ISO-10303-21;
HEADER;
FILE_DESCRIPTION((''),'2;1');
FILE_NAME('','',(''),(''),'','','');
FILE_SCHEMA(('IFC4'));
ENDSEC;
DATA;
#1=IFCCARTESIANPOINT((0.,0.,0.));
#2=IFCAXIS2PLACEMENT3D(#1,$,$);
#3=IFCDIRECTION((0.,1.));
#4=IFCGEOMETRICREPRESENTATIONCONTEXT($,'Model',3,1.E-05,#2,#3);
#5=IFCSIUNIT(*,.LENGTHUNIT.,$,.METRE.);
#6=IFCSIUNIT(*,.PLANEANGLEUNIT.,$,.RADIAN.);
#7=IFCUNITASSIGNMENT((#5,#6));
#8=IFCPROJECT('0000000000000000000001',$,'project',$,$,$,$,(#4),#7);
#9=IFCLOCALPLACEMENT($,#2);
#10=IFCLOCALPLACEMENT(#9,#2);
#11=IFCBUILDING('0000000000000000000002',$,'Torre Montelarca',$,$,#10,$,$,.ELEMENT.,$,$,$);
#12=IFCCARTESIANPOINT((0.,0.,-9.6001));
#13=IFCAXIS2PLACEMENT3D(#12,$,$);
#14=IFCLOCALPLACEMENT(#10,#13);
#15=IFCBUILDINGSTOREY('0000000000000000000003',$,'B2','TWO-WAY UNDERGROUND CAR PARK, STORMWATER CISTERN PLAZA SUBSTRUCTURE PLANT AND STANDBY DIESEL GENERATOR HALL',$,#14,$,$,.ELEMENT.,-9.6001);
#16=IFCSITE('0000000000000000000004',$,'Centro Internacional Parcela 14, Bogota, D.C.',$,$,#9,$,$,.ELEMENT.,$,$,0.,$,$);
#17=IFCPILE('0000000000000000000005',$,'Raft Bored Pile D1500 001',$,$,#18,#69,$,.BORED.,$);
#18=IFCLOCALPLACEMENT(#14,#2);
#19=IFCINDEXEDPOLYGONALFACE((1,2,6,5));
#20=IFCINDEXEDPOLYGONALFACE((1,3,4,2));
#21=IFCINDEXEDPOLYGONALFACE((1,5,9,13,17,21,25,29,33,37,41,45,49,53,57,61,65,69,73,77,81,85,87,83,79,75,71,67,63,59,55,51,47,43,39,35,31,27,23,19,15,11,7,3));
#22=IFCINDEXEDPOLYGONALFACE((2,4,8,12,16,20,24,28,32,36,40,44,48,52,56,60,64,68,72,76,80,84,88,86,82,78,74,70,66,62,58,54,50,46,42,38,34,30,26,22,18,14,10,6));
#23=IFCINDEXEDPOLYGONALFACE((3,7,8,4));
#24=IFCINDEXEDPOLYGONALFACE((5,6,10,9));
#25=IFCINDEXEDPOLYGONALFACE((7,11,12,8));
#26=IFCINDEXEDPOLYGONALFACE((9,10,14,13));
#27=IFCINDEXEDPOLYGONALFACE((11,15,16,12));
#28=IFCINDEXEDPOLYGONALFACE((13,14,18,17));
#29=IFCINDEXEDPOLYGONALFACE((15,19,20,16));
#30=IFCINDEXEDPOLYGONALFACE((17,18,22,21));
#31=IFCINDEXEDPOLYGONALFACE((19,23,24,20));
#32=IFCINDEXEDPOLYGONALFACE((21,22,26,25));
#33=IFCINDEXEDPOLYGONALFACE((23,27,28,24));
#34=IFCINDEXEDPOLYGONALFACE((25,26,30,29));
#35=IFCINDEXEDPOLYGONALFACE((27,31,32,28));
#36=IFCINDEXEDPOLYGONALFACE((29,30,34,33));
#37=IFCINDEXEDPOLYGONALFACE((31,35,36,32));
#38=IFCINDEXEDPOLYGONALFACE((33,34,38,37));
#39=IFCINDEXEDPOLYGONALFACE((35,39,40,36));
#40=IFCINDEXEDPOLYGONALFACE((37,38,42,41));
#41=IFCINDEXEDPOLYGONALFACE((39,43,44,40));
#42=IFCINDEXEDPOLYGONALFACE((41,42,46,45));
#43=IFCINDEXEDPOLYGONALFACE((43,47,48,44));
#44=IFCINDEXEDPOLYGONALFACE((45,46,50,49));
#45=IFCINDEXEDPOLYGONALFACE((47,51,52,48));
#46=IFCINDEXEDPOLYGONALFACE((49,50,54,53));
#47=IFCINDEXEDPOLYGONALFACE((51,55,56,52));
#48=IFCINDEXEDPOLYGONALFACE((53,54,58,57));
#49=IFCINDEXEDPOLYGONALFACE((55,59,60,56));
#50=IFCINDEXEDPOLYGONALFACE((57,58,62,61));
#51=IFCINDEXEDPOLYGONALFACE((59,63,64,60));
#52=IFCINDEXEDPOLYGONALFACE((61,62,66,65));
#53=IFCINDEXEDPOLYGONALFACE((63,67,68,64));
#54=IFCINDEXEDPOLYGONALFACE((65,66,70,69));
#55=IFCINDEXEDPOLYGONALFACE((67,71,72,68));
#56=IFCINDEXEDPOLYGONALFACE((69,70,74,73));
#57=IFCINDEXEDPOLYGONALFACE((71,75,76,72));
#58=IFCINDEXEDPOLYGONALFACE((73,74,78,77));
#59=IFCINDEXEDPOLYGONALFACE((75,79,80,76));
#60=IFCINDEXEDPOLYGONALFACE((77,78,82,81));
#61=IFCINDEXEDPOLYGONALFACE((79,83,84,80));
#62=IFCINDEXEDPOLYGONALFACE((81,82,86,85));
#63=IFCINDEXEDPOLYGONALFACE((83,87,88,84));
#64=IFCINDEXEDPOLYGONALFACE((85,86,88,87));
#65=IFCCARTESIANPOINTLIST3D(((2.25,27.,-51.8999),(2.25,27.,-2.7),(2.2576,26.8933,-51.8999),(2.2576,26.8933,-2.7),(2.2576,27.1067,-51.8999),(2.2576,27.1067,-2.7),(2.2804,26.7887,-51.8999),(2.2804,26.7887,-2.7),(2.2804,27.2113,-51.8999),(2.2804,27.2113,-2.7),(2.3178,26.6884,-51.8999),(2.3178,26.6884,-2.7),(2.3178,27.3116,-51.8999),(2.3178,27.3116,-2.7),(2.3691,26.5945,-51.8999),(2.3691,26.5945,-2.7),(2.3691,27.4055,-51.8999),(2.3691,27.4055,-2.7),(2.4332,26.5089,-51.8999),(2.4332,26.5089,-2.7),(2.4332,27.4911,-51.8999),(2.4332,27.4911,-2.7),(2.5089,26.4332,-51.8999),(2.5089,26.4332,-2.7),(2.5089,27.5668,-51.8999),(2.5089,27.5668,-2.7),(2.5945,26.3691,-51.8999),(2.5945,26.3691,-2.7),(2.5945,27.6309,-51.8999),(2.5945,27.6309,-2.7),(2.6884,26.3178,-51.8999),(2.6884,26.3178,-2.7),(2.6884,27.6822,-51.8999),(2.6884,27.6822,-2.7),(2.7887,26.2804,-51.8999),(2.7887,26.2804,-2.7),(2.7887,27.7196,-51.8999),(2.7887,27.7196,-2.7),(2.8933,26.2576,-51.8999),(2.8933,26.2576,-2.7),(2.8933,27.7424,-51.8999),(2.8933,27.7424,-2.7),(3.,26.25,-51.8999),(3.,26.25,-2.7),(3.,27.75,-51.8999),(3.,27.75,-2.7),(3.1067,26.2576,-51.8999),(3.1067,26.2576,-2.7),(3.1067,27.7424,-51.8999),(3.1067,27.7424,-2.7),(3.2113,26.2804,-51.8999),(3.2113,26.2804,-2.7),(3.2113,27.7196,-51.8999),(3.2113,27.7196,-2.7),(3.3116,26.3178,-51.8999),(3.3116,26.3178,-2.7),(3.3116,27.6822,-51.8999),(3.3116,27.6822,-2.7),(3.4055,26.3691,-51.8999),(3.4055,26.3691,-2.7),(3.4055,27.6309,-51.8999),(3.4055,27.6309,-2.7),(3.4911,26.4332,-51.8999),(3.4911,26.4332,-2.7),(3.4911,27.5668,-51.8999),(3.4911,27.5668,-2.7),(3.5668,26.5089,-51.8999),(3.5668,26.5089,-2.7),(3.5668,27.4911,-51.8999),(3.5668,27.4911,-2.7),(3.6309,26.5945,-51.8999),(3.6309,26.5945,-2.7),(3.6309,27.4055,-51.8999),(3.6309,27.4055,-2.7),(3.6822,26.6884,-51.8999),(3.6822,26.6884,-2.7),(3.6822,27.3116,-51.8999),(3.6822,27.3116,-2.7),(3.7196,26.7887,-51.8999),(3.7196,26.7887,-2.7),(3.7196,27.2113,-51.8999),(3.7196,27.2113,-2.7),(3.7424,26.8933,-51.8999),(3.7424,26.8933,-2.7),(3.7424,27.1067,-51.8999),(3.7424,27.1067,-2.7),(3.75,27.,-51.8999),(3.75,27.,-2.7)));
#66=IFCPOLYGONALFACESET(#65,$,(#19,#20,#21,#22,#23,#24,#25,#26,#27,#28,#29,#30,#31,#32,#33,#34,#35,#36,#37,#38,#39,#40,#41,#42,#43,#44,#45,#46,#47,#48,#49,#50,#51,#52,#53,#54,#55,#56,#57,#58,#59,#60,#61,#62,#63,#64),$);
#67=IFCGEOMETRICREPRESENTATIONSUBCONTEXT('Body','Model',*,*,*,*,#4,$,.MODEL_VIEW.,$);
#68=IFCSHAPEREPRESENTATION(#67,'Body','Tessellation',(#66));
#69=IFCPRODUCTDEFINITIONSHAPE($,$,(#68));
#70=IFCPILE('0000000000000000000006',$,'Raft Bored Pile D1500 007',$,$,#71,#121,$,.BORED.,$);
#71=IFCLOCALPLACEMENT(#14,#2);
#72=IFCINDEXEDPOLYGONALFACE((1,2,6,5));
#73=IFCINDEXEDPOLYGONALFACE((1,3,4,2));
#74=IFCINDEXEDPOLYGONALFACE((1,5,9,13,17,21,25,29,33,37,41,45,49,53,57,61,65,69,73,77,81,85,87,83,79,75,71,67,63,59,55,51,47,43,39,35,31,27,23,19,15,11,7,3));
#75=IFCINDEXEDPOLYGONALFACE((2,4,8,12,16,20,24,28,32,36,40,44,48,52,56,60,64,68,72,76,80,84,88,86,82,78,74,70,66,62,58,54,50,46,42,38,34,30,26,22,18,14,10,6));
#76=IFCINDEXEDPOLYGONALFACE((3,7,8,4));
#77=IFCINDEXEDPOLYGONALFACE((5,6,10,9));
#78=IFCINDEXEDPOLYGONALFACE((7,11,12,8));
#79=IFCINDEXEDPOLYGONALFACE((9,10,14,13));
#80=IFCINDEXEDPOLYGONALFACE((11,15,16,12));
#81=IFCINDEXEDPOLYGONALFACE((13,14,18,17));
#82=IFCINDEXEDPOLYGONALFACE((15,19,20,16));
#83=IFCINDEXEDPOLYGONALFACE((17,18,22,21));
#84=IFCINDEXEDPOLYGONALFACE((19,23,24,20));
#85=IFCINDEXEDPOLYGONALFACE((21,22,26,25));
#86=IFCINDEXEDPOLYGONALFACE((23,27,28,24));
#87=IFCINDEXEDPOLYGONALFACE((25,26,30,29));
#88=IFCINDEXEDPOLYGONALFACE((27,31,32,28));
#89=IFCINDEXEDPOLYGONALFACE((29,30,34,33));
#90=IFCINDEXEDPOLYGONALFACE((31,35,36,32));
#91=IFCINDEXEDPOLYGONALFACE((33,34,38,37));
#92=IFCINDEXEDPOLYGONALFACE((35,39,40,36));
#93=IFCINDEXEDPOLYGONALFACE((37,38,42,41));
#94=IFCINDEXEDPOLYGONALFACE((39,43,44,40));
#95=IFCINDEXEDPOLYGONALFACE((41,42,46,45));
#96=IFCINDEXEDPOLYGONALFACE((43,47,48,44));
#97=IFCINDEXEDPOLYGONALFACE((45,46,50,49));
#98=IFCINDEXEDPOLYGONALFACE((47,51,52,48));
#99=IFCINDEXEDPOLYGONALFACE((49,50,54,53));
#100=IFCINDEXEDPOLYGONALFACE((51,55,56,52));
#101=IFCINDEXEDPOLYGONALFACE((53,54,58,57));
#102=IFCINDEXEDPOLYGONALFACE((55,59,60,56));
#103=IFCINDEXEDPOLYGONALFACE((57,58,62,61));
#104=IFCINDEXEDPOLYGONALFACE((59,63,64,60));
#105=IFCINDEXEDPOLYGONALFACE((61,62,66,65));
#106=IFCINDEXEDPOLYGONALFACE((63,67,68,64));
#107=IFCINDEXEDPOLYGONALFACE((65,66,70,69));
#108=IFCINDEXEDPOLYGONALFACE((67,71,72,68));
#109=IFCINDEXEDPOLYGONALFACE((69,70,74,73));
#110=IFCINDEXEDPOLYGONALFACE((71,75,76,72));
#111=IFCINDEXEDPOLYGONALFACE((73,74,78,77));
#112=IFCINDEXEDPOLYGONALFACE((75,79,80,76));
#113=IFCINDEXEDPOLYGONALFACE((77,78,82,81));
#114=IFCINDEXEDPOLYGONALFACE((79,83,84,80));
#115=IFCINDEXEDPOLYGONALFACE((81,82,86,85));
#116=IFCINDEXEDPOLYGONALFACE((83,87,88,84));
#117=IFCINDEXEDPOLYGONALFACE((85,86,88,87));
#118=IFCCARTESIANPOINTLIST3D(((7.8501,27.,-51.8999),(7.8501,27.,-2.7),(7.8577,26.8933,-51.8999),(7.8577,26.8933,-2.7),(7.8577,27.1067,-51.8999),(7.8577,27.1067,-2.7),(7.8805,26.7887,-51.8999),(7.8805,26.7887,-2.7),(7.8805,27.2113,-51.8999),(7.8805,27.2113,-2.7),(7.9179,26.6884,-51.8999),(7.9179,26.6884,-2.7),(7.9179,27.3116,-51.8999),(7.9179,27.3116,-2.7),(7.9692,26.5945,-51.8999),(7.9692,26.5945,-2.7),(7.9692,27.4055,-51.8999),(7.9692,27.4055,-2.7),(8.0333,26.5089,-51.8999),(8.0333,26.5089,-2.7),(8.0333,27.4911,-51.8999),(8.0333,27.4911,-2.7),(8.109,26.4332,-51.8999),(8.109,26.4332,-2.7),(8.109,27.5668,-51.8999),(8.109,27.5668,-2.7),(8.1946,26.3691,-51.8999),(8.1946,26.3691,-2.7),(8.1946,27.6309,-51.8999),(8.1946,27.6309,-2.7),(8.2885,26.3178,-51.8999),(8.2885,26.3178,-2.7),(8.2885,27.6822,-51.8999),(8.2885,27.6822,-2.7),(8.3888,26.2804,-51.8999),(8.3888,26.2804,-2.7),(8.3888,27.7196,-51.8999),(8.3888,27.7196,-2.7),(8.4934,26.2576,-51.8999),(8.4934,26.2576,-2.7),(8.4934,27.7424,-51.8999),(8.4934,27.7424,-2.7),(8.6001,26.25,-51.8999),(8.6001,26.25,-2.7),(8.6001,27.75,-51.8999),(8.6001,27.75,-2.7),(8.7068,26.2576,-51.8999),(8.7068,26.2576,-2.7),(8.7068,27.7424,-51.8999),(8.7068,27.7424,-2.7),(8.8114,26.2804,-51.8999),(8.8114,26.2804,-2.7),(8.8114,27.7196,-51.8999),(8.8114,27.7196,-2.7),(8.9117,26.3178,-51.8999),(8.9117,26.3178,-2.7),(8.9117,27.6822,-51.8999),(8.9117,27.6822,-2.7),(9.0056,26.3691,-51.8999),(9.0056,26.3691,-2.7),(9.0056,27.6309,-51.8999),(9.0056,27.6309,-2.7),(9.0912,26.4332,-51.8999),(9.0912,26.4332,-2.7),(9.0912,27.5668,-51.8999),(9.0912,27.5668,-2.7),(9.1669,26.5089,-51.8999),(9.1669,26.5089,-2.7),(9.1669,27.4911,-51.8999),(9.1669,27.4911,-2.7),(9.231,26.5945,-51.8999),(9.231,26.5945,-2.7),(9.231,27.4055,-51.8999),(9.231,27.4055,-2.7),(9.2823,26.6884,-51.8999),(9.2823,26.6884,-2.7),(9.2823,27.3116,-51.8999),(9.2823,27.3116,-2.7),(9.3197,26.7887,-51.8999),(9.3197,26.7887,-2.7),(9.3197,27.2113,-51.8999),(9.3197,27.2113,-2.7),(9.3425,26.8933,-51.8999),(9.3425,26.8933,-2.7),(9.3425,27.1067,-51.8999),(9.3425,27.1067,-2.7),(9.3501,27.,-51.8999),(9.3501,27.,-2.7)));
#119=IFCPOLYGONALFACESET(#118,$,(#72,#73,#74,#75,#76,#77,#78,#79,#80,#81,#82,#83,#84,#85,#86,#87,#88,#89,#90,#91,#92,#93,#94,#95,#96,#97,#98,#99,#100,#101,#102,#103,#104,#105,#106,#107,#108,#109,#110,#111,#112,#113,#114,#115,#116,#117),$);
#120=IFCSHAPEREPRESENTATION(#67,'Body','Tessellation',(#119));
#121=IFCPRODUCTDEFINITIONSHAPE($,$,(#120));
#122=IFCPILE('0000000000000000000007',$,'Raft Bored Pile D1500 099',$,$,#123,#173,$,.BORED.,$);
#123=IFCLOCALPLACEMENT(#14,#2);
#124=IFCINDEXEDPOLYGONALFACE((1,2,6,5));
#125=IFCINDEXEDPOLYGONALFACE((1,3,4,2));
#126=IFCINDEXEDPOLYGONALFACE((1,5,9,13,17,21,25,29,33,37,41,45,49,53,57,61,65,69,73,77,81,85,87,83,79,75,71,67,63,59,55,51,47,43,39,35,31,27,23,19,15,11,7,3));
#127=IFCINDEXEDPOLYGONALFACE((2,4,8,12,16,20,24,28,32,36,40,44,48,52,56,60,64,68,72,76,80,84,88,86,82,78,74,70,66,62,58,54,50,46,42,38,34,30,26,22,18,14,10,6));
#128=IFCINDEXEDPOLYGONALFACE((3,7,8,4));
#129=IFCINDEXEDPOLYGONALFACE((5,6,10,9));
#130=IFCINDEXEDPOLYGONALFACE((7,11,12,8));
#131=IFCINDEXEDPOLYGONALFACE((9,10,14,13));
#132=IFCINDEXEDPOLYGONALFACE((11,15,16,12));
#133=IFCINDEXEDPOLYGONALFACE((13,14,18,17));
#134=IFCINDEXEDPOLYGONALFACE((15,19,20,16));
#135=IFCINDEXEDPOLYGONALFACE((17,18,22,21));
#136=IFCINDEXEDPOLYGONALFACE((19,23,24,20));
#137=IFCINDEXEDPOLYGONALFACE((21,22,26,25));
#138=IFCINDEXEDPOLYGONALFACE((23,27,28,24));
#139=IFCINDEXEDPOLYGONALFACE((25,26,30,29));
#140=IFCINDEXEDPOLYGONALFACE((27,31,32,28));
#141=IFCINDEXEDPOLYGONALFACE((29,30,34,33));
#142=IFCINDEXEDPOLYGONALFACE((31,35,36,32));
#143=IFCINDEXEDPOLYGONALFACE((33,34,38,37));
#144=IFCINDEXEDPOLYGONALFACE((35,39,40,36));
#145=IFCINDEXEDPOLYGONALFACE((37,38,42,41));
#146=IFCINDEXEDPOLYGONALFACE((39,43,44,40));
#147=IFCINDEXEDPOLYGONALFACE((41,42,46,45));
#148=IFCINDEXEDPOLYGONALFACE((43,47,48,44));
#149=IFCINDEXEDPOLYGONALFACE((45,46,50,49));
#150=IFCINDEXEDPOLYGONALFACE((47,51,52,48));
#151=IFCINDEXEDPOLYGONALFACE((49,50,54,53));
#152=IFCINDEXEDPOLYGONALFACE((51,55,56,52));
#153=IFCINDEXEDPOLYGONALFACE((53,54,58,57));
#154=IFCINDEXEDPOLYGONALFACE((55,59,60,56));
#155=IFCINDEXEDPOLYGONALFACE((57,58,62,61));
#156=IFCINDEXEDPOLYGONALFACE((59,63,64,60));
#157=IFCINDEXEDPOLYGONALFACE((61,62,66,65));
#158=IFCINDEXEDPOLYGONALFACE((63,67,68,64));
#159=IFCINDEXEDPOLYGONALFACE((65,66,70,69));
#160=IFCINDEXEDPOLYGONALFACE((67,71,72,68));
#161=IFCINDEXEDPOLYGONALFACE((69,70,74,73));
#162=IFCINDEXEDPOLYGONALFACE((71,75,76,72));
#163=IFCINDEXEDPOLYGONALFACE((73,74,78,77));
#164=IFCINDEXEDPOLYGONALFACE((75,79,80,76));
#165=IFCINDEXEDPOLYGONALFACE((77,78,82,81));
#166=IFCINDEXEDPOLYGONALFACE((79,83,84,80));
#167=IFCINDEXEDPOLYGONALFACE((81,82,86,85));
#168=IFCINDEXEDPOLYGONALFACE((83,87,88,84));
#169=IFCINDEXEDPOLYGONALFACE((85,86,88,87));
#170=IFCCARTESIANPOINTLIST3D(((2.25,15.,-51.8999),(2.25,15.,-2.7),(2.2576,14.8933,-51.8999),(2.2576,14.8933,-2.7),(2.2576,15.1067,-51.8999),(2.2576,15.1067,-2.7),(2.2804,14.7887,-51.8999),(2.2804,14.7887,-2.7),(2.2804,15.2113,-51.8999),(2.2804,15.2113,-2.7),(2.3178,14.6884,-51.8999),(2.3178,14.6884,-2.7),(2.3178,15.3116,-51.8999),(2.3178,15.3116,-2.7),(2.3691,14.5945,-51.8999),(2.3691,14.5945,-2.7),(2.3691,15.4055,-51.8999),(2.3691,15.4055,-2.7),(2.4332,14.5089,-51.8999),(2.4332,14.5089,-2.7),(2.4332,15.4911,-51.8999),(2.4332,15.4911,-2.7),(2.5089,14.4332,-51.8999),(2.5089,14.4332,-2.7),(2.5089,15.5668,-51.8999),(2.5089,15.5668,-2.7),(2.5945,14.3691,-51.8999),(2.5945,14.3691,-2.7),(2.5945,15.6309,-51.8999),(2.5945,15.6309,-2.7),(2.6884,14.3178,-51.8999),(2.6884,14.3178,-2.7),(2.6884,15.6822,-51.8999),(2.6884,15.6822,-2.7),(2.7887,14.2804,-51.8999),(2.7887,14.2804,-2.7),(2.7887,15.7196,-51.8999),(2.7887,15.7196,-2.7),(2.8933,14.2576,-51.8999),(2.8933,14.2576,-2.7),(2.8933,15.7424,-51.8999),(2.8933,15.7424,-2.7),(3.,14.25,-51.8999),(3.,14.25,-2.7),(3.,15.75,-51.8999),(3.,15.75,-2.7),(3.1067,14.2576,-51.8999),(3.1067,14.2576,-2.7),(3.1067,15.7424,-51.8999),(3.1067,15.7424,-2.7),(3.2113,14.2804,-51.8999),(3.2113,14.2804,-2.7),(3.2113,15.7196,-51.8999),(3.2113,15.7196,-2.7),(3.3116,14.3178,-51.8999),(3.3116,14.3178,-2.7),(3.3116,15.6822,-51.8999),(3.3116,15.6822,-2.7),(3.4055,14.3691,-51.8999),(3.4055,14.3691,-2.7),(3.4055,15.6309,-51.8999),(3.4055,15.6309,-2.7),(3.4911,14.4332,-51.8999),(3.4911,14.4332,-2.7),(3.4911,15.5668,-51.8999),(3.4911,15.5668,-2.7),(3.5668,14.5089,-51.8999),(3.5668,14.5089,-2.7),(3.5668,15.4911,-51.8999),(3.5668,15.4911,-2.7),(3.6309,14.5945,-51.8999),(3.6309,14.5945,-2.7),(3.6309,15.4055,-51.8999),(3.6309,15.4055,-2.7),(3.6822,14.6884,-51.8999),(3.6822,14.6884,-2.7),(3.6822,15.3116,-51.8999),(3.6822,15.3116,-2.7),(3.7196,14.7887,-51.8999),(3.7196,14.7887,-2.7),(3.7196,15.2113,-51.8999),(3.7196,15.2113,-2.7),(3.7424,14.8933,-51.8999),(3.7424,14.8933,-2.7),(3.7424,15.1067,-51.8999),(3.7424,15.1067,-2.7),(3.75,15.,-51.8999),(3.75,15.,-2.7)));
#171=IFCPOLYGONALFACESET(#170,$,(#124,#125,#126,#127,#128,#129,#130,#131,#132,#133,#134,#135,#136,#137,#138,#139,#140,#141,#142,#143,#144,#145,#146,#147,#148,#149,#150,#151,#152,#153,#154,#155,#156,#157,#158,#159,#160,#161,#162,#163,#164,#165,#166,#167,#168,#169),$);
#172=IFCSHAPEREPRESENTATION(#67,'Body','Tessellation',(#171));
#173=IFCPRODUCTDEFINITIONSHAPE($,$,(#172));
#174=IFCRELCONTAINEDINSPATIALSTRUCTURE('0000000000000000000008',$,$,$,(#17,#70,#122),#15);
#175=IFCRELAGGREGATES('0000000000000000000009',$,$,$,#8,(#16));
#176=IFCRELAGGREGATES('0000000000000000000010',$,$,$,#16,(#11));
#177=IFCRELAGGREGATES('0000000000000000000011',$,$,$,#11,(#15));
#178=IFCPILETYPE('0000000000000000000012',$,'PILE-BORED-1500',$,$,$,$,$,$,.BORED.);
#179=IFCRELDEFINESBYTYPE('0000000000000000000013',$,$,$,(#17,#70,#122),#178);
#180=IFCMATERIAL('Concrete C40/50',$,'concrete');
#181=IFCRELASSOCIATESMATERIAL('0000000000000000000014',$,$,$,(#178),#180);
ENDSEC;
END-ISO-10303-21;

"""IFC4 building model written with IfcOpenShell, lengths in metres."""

from ifc_helpers import new_model, si_unit, direction, frame, origin, origin_2d, place, context, subcontext, project, spatial, circle, extrude, source, transform, mapped, material, material_profile, profile_set, type_object, element, save


model = new_model("IFC4")

# Units and contexts
model_context = context("Model", 3, precision=1e-05, world=origin(), true_north=direction((0.0, 1.0)))
body_context = subcontext(model_context, "Body", "Model", "MODEL_VIEW")
ifc_project = project(units=[si_unit("LENGTHUNIT", "METRE"), si_unit("PLANEANGLEUNIT", "RADIAN")], contexts=[model_context])

# Site, building, storey
site_placement = place(None, origin())
site = spatial("IfcSite", under=ifc_project, at=site_placement, Name="Centro Internacional Parcela 14, Bogota, D.C.", CompositionType="ELEMENT", RefElevation=0.0)
building_placement = place(site_placement, origin())
building = spatial("IfcBuilding", under=site, at=building_placement, Name="Torre Montelarca", CompositionType="ELEMENT")
storey_placement = place(building_placement, frame((0.0, 0.0, -9.6001)))
storey = spatial("IfcBuildingStorey", under=building, at=storey_placement, Name="B2", Description="TWO-WAY UNDERGROUND CAR PARK, STORMWATER CISTERN PLAZA SUBSTRUCTURE PLANT AND STANDBY DIESEL GENERATOR HALL", CompositionType="ELEMENT", Elevation=-9.6001)

# Piles
ifc_material_1 = material(Name="Concrete C40/50", Category="concrete")
ifc_material_profile_1 = material_profile(ifc_material_1, circle(Radius=0.75, at=origin_2d()), Name="PILE-D1500", Category="concrete")
ifc_profile_set_1 = profile_set([ifc_material_profile_1], Name="Concrete C40/50")
pile_type = type_object("IfcPileType", Name="PILE-BORED-1500", PredefinedType="BORED", material=ifc_profile_set_1)
shared_shape_1 = source(origin(), body_context, "Body", "SweptSolid", [
    extrude(circle(Radius=0.75, at=origin_2d()), origin(), (0.0, 0.0, 1.0), 49.2),
])
for number, where, z_axis, x_axis, name in (
    (1, (3.0, 27.0, -2.7), (0.0, 0.0, -1.0), (1.0, 0.0, 0.0), "Raft Bored Pile D1500 001"),
    (2, (8.6001, 27.0, -2.7), (0.0, 0.0, -1.0), (1.0, 0.0, 0.0), "Raft Bored Pile D1500 007"),
    (3, (3.0, 15.0, -2.7), (0.0, 0.0, -1.0), (1.0, 0.0, 0.0), "Raft Bored Pile D1500 099"),
):
    element("IfcPile", number, at=place(storey_placement, frame(where, z_axis=z_axis, x_axis=x_axis)), inside=storey, type_object=pile_type, Name=name, PredefinedType="BORED", context=body_context, shape_type="MappedRepresentation", body=[
        mapped(shared_shape_1, transform((0.0, 0.0, 0.0), scale=1.0)),
    ])

save(model, "model.ifc")
